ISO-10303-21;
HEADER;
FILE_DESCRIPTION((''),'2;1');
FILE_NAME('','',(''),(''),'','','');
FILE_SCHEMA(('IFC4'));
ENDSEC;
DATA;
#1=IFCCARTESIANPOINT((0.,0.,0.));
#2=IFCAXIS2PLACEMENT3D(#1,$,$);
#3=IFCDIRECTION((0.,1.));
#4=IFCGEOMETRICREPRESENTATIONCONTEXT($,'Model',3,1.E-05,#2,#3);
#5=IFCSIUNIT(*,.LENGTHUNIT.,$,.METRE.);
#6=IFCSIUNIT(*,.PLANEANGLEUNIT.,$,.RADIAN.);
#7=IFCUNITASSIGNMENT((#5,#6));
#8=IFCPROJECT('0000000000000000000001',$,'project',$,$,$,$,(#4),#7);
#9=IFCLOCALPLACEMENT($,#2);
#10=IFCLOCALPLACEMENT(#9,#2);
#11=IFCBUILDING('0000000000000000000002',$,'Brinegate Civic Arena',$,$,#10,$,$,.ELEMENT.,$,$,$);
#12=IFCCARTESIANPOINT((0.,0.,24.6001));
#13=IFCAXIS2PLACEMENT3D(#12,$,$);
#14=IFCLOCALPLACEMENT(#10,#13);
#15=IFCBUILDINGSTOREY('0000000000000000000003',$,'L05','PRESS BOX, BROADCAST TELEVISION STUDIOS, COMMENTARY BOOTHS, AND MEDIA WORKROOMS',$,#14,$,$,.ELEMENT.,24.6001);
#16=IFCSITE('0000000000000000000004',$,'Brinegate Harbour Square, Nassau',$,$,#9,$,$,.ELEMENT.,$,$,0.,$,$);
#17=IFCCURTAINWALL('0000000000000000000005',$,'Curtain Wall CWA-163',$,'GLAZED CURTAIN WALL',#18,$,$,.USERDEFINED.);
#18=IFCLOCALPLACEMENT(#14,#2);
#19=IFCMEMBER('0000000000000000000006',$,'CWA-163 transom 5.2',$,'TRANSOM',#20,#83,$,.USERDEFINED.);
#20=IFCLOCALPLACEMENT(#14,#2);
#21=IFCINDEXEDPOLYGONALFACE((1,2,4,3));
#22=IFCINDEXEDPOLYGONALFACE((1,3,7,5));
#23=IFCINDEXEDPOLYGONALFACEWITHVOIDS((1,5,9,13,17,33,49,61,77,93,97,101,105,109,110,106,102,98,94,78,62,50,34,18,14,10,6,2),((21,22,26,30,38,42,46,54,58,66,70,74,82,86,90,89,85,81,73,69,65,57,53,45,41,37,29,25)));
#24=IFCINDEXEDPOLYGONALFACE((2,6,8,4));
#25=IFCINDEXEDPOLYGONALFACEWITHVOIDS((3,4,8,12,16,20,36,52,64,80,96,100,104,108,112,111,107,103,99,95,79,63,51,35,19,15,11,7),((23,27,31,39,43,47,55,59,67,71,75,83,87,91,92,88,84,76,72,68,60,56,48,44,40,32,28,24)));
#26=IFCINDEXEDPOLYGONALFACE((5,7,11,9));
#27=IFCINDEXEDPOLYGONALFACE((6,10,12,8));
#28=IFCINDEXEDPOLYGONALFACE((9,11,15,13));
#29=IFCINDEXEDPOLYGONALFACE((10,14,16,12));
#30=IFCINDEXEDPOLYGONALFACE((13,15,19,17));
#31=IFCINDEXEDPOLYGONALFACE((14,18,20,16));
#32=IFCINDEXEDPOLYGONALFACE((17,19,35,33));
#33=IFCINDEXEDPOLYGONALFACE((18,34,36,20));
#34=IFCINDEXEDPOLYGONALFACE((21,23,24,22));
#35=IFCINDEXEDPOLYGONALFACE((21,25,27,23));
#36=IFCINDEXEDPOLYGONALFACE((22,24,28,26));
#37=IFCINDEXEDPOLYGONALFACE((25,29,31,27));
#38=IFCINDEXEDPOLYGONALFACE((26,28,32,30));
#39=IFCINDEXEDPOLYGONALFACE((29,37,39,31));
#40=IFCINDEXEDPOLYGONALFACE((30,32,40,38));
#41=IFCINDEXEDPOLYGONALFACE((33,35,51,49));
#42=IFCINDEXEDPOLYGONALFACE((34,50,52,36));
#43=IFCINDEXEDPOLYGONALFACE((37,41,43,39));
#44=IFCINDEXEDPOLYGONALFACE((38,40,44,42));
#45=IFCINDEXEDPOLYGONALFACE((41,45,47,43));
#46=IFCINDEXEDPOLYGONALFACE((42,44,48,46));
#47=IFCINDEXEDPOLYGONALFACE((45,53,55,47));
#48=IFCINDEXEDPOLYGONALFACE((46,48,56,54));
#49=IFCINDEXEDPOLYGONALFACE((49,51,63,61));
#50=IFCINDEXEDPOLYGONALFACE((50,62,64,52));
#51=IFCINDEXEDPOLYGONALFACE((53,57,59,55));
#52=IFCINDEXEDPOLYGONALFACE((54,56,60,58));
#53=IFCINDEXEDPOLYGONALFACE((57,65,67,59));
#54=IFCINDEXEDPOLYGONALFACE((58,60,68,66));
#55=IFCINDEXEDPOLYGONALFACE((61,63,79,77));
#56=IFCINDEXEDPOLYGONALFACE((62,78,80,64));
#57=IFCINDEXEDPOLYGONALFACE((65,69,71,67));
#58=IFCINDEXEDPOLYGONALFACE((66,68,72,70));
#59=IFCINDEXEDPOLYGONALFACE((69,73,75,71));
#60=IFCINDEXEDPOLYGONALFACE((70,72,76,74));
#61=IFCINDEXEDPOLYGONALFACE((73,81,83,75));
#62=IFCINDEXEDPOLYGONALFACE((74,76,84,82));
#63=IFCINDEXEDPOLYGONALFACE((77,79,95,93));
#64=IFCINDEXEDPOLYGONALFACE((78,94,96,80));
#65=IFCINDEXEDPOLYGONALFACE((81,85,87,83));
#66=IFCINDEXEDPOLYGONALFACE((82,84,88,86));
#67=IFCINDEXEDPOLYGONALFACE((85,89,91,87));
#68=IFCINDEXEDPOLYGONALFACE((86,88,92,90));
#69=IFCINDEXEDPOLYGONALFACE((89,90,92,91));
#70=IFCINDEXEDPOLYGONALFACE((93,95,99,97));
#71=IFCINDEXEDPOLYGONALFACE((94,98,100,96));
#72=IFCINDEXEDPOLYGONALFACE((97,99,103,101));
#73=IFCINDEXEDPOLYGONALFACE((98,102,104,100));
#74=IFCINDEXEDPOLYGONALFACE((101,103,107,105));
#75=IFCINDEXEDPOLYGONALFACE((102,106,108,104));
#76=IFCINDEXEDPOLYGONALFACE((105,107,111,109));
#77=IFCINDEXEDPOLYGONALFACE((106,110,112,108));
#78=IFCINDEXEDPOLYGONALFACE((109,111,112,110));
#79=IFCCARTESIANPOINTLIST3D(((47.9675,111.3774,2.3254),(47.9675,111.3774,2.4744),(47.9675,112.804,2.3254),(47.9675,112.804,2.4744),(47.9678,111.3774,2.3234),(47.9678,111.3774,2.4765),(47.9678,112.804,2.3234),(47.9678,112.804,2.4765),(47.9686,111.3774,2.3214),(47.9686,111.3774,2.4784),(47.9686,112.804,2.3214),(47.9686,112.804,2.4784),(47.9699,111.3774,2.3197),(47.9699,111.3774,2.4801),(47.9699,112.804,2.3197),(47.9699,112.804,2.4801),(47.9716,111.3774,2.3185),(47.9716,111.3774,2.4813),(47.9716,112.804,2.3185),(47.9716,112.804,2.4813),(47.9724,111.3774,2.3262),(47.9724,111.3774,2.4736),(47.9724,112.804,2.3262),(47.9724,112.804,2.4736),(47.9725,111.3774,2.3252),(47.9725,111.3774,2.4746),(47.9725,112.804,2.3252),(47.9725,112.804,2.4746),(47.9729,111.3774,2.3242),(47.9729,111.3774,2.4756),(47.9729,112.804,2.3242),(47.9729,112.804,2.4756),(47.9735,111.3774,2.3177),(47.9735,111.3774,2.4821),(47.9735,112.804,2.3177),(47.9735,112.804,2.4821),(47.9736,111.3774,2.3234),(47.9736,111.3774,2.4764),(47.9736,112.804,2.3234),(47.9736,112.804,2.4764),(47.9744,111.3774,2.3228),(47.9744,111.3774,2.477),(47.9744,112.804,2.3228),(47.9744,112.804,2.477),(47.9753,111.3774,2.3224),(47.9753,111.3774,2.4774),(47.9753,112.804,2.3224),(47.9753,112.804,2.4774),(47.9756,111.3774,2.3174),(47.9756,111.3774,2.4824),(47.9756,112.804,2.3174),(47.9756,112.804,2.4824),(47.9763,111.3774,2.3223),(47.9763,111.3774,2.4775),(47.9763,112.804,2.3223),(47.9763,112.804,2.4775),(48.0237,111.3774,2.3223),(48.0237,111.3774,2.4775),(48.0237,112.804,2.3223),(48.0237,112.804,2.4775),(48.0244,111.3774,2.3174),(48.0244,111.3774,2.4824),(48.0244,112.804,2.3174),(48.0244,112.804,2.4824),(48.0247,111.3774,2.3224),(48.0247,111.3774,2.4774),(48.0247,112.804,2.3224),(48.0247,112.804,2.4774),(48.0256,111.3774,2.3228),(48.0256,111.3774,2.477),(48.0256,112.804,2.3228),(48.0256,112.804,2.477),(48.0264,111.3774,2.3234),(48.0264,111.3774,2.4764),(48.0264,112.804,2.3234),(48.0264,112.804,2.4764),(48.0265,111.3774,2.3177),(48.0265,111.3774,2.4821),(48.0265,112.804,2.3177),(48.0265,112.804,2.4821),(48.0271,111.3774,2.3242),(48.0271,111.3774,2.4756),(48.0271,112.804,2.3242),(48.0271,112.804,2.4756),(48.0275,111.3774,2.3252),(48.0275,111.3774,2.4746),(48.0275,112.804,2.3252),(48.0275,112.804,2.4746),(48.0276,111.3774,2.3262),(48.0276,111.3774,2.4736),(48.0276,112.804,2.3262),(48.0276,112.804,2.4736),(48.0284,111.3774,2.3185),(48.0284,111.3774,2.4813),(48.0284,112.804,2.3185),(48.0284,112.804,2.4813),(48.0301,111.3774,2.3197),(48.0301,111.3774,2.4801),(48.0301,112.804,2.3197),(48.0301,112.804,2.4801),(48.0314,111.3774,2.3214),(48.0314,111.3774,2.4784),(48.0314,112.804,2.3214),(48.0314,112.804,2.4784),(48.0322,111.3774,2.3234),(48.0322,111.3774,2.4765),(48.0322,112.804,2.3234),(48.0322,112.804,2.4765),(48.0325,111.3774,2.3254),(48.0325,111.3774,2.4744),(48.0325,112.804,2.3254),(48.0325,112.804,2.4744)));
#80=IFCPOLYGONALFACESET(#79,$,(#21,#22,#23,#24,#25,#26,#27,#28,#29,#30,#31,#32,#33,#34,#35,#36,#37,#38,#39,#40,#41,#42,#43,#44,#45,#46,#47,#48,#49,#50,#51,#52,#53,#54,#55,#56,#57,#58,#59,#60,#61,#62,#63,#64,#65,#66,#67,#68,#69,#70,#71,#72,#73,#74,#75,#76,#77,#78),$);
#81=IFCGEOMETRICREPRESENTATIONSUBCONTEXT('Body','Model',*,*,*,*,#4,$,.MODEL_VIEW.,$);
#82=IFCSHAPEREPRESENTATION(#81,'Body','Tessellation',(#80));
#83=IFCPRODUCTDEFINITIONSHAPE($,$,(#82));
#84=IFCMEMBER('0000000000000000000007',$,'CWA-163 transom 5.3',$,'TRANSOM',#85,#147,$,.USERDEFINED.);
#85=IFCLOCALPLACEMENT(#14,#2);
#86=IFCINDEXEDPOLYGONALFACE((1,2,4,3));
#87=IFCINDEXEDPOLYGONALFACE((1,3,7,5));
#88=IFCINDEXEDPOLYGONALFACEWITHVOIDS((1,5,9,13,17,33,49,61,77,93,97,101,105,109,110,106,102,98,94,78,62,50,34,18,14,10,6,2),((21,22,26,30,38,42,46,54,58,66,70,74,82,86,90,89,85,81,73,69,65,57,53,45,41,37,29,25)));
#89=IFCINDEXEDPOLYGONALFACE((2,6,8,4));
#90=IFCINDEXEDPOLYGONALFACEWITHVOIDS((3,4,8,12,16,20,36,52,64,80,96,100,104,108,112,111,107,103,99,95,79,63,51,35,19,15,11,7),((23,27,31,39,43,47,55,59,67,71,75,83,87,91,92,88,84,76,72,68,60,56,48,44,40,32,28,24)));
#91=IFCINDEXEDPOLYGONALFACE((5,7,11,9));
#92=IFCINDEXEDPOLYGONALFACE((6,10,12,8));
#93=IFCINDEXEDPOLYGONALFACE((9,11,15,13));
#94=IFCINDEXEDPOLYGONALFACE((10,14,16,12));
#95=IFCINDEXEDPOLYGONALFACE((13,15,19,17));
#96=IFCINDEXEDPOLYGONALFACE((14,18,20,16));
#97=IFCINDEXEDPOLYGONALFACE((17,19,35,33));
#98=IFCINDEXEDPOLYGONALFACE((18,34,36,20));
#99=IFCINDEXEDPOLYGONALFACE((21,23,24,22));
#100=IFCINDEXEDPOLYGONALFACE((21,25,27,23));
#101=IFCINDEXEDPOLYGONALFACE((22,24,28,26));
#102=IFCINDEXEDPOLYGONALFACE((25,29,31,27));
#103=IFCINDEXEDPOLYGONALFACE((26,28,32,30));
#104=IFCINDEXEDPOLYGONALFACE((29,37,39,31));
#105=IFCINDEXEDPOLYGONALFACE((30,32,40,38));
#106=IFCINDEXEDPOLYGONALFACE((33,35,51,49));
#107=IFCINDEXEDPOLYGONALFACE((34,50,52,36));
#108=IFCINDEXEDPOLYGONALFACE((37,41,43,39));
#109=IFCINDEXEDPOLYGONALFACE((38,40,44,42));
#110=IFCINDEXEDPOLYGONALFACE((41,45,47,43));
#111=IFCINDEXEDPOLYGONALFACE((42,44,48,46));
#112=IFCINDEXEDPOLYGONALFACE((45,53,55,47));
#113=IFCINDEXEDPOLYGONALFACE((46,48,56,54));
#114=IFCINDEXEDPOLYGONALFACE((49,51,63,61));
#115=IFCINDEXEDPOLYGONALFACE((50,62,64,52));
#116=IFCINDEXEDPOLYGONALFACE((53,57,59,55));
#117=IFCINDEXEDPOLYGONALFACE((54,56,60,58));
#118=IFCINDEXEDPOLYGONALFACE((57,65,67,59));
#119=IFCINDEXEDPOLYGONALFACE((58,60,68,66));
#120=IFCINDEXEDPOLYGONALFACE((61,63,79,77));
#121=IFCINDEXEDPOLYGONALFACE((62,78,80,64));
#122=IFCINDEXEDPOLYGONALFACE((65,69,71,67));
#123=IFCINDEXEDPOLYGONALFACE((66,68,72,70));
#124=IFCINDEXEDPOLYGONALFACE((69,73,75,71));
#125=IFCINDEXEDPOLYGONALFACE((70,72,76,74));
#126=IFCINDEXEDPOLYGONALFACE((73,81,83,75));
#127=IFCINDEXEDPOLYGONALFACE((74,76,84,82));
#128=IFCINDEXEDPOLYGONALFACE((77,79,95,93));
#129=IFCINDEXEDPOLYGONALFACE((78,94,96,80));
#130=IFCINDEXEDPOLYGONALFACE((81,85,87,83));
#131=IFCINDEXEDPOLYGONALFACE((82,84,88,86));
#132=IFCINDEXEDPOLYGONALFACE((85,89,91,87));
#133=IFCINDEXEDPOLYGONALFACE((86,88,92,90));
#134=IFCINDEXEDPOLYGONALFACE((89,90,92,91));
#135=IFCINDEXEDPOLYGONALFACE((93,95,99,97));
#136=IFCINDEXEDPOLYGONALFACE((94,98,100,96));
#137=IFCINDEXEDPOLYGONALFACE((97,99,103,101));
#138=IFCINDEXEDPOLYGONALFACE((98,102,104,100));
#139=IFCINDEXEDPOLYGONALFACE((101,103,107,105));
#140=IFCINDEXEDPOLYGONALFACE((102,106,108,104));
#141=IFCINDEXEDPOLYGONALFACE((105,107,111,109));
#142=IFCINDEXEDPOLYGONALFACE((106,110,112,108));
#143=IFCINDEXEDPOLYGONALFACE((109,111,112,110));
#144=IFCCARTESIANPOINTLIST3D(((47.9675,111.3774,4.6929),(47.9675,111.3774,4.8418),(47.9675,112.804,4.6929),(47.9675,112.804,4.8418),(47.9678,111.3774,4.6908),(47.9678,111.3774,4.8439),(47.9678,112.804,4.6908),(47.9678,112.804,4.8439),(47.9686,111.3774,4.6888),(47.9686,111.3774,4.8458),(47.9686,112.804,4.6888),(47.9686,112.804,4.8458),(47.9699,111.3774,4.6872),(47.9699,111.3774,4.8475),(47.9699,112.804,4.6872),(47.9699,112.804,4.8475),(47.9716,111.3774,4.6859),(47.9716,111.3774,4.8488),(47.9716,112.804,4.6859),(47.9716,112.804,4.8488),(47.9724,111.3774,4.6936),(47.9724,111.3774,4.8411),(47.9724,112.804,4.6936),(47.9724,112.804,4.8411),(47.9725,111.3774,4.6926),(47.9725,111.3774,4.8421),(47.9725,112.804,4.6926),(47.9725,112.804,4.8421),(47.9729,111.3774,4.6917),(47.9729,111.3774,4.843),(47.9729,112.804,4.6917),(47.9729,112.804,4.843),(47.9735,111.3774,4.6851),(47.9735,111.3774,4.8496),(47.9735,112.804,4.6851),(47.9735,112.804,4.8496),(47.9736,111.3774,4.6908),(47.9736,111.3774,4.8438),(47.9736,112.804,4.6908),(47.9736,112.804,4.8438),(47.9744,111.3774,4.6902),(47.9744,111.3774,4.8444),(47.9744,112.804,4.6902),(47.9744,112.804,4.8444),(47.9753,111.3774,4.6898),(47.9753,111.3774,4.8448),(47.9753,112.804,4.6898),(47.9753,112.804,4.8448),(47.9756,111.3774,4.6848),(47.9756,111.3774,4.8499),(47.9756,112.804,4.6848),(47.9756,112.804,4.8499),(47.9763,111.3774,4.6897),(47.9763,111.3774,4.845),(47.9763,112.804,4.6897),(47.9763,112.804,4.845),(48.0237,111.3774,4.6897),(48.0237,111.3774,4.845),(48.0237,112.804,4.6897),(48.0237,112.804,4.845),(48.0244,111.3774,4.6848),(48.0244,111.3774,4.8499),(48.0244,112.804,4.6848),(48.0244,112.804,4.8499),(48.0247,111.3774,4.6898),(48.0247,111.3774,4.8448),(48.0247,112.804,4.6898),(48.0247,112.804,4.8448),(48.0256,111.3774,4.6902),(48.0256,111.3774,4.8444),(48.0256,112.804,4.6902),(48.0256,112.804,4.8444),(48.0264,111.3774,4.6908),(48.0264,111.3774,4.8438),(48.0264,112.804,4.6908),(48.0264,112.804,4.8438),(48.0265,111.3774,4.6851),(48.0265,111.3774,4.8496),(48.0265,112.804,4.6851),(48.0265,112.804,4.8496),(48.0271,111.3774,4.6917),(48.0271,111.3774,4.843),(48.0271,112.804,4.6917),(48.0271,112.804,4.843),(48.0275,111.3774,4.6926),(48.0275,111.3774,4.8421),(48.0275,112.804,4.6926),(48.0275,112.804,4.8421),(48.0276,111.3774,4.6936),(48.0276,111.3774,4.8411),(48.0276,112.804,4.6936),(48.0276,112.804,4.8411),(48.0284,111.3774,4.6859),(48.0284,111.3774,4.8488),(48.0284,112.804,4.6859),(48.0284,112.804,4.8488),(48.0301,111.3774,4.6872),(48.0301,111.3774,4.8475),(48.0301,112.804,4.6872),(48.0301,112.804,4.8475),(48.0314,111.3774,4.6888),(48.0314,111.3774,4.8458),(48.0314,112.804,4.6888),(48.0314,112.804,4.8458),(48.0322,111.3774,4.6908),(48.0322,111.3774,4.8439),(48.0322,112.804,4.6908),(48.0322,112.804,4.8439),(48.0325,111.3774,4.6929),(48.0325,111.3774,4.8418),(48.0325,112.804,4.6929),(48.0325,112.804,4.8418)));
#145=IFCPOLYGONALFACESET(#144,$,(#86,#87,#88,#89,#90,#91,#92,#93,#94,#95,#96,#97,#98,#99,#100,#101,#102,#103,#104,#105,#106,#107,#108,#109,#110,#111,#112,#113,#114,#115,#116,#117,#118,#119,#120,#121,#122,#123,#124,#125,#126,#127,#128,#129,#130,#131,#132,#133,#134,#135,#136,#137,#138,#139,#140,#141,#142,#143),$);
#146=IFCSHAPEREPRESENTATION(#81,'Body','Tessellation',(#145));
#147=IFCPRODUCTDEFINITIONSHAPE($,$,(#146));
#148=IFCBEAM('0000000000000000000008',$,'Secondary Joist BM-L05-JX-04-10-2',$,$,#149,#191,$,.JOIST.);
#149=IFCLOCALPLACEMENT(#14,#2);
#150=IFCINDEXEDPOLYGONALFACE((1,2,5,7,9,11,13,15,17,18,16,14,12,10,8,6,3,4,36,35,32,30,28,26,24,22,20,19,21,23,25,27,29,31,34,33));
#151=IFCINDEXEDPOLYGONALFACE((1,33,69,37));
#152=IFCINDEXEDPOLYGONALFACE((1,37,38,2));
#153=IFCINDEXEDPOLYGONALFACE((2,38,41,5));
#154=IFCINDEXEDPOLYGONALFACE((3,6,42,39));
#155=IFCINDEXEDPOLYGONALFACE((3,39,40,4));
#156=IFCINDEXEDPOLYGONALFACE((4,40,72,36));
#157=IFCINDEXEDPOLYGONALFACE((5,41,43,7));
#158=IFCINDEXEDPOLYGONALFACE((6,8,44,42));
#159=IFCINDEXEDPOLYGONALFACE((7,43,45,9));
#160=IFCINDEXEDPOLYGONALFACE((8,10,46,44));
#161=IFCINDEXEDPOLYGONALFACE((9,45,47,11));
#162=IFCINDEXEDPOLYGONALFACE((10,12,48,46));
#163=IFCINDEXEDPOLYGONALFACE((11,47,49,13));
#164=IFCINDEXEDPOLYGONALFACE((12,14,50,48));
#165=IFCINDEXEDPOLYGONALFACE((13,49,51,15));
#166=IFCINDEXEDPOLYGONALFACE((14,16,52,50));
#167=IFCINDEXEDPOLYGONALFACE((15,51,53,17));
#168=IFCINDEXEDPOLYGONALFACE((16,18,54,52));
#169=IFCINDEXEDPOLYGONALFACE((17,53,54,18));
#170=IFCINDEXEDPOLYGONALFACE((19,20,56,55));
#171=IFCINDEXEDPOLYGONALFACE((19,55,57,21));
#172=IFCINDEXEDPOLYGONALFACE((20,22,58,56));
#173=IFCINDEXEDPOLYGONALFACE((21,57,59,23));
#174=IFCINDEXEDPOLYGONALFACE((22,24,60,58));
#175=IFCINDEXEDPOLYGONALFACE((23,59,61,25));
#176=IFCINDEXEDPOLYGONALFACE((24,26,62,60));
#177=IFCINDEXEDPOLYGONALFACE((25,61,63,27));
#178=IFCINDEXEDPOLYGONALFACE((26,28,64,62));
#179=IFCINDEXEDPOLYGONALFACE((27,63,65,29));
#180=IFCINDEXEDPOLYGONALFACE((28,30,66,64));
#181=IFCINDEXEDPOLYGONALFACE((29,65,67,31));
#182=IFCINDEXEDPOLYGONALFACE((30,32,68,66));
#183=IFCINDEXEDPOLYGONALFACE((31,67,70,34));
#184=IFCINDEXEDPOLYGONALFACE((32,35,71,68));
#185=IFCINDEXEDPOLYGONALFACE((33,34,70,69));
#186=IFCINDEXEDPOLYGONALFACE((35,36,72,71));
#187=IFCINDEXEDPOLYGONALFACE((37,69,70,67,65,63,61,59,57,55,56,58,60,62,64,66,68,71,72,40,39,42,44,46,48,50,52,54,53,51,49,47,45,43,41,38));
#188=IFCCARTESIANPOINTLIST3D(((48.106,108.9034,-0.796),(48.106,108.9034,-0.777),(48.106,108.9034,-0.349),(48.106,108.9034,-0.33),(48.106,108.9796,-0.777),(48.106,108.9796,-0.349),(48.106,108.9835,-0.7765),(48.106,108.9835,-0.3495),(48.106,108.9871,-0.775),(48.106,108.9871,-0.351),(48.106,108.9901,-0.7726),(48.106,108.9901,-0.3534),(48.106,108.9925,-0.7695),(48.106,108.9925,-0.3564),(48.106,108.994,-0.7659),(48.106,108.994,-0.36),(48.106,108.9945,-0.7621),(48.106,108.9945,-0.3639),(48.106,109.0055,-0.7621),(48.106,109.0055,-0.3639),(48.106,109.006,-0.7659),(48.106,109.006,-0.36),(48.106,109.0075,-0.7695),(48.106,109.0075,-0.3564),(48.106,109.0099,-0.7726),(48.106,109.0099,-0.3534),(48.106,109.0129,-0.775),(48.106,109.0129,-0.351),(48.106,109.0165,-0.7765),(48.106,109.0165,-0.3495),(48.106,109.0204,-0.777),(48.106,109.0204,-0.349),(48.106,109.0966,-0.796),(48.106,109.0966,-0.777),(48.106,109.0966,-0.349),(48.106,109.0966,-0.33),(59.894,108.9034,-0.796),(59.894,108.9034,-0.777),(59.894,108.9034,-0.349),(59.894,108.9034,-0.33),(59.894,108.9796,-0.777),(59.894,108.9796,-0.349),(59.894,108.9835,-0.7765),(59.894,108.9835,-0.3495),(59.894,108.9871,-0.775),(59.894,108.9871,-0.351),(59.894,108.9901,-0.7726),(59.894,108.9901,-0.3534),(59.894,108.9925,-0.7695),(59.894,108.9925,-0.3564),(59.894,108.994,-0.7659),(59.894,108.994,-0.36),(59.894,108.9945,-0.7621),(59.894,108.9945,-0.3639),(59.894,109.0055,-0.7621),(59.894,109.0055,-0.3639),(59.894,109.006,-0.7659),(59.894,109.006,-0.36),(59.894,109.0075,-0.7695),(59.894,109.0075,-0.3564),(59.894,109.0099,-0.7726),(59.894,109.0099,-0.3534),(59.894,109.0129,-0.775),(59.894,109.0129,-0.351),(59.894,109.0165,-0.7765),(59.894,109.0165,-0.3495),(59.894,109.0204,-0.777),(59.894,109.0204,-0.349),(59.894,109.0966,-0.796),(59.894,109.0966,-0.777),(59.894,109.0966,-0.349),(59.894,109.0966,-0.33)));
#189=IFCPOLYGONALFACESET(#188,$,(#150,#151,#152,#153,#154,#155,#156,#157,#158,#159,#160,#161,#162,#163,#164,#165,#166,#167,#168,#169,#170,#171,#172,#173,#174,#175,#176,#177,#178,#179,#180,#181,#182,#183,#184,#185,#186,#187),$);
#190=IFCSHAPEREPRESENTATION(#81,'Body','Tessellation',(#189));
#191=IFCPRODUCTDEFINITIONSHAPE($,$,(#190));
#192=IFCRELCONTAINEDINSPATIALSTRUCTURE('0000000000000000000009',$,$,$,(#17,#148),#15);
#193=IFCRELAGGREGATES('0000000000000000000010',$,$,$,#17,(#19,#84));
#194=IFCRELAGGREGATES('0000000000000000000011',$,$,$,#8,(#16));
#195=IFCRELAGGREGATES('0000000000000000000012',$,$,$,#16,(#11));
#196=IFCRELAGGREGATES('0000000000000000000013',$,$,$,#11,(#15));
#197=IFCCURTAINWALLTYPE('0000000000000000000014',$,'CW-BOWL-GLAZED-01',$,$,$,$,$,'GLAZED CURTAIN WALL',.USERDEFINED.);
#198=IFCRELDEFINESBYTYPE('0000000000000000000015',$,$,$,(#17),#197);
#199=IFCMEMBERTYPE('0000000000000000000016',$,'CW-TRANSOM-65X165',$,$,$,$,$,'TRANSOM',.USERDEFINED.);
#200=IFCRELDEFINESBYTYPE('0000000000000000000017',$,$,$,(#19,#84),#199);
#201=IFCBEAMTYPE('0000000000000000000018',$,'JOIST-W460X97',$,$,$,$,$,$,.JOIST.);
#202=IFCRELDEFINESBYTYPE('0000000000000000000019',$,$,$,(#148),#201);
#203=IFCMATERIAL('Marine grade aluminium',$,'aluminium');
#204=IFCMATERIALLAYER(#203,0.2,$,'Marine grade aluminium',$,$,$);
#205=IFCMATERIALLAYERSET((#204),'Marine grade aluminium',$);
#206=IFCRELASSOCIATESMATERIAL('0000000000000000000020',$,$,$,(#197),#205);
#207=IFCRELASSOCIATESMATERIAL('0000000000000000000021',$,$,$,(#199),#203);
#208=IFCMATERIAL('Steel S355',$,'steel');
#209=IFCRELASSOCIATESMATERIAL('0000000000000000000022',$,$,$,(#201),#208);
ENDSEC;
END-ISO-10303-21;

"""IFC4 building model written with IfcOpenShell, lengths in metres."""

from ifc_helpers import new_model, si_unit, direction, frame, origin, origin_2d, place, context, subcontext, project, spatial, hollow_rectangle, i_section, extrude, material, layer, layer_set, material_profile, profile_set, type_object, element, aggregate, save


model = new_model("IFC4")

# Units and contexts
model_context = context("Model", 3, precision=1e-05, world=origin(), true_north=direction((0.0, 1.0)))
body_context = subcontext(model_context, "Body", "Model", "MODEL_VIEW")
ifc_project = project(units=[si_unit("LENGTHUNIT", "METRE"), si_unit("PLANEANGLEUNIT", "RADIAN")], contexts=[model_context])

# Site, building, storey
site_placement = place(None, origin())
site = spatial("IfcSite", under=ifc_project, at=site_placement, Name="Brinegate Harbour Square, Nassau", CompositionType="ELEMENT", RefElevation=0.0)
building_placement = place(site_placement, origin())
building = spatial("IfcBuilding", under=site, at=building_placement, Name="Brinegate Civic Arena", CompositionType="ELEMENT")
storey_placement = place(building_placement, frame((0.0, 0.0, 24.6001)))
storey = spatial("IfcBuildingStorey", under=building, at=storey_placement, Name="L05", Description="PRESS BOX, BROADCAST TELEVISION STUDIOS, COMMENTARY BOOTHS, AND MEDIA WORKROOMS", CompositionType="ELEMENT", Elevation=24.6001)

# Curtain wall, members
ifc_material_1 = material(Name="Marine grade aluminium", Category="aluminium")
ifc_layer_1 = layer(ifc_material_1, 0.2, Name="Marine grade aluminium")
ifc_layer_set_1 = layer_set([ifc_layer_1], Name="Marine grade aluminium")
curtain_wall_type = type_object("IfcCurtainWallType", Name="CW-BOWL-GLAZED-01", ElementType="GLAZED CURTAIN WALL", PredefinedType="USERDEFINED", material=ifc_layer_set_1)
curtain_wall_placement = place(storey_placement, origin())
curtain_wall = element("IfcCurtainWall", 1, at=curtain_wall_placement, inside=storey, type_object=curtain_wall_type, Name="Curtain Wall CWA-163", ObjectType="GLAZED CURTAIN WALL", PredefinedType="USERDEFINED")
ifc_material_profile_1 = material_profile(ifc_material_1, hollow_rectangle(XDim=0.0649, YDim=0.165, WallThickness=0.0049, InnerFilletRadius=0.0039, OuterFilletRadius=0.0081, at=origin_2d()), Name="TRN65X165")
ifc_profile_set_1 = profile_set([ifc_material_profile_1], Name="Marine grade aluminium")
member_type_1 = type_object("IfcMemberType", Name="CW-TRANSOM-65X165", ElementType="TRANSOM", PredefinedType="USERDEFINED", material=ifc_profile_set_1)
member_1_placement = place(storey_placement, frame((48.0, 111.3774, 2.3999), z_axis=(0.0, 1.0, 0.0), x_axis=(-1.0, 0.0, 0.0)))
member_1 = element("IfcMember", 2, at=member_1_placement, type_object=member_type_1, Name="CWA-163 transom 5.2", ObjectType="TRANSOM", PredefinedType="USERDEFINED", context=body_context, shape_type="SweptSolid", body=[
    extrude(hollow_rectangle(XDim=0.0649, YDim=0.165, WallThickness=0.0049, InnerFilletRadius=0.0039, OuterFilletRadius=0.0081, at=origin_2d()), origin(), (0.0, 0.0, 1.0), 1.4265),
])
member_2_placement = place(storey_placement, frame((48.0, 111.3774, 4.7673), z_axis=(0.0, 1.0, 0.0), x_axis=(-1.0, 0.0, 0.0)))
member_2 = element("IfcMember", 3, at=member_2_placement, type_object=member_type_1, Name="CWA-163 transom 5.3", ObjectType="TRANSOM", PredefinedType="USERDEFINED", context=body_context, shape_type="SweptSolid", body=[
    extrude(hollow_rectangle(XDim=0.0649, YDim=0.165, WallThickness=0.0049, InnerFilletRadius=0.0039, OuterFilletRadius=0.0081, at=origin_2d()), origin(), (0.0, 0.0, 1.0), 1.4265),
])

# Beam
ifc_material_2 = material(Name="Steel S355", Category="steel")
ifc_material_profile_2 = material_profile(ifc_material_2, i_section(OverallWidth=0.1931, OverallDepth=0.4661, WebThickness=0.011, FlangeThickness=0.019, FilletRadius=0.0149, at=origin_2d()), Name="W460X97")
ifc_profile_set_2 = profile_set([ifc_material_profile_2], Name="Steel S355")
beam_type_1 = type_object("IfcBeamType", Name="JOIST-W460X97", PredefinedType="JOIST", material=ifc_profile_set_2)
beam_1_placement = place(storey_placement, frame((48.106, 109.0, -0.563), z_axis=(1.0, 0.0, 0.0), x_axis=(0.0, 1.0, 0.0)))
element("IfcBeam", 4, at=beam_1_placement, inside=storey, type_object=beam_type_1, Name="Secondary Joist BM-L05-JX-04-10-2", PredefinedType="JOIST", context=body_context, shape_type="SweptSolid", body=[
    extrude(i_section(OverallWidth=0.1931, OverallDepth=0.4661, WebThickness=0.011, FlangeThickness=0.019, FilletRadius=0.0149, at=origin_2d()), origin(), (0.0, 0.0, 1.0), 11.7881),
])

aggregate(curtain_wall, [member_1, member_2])

save(model, "model.ifc")
